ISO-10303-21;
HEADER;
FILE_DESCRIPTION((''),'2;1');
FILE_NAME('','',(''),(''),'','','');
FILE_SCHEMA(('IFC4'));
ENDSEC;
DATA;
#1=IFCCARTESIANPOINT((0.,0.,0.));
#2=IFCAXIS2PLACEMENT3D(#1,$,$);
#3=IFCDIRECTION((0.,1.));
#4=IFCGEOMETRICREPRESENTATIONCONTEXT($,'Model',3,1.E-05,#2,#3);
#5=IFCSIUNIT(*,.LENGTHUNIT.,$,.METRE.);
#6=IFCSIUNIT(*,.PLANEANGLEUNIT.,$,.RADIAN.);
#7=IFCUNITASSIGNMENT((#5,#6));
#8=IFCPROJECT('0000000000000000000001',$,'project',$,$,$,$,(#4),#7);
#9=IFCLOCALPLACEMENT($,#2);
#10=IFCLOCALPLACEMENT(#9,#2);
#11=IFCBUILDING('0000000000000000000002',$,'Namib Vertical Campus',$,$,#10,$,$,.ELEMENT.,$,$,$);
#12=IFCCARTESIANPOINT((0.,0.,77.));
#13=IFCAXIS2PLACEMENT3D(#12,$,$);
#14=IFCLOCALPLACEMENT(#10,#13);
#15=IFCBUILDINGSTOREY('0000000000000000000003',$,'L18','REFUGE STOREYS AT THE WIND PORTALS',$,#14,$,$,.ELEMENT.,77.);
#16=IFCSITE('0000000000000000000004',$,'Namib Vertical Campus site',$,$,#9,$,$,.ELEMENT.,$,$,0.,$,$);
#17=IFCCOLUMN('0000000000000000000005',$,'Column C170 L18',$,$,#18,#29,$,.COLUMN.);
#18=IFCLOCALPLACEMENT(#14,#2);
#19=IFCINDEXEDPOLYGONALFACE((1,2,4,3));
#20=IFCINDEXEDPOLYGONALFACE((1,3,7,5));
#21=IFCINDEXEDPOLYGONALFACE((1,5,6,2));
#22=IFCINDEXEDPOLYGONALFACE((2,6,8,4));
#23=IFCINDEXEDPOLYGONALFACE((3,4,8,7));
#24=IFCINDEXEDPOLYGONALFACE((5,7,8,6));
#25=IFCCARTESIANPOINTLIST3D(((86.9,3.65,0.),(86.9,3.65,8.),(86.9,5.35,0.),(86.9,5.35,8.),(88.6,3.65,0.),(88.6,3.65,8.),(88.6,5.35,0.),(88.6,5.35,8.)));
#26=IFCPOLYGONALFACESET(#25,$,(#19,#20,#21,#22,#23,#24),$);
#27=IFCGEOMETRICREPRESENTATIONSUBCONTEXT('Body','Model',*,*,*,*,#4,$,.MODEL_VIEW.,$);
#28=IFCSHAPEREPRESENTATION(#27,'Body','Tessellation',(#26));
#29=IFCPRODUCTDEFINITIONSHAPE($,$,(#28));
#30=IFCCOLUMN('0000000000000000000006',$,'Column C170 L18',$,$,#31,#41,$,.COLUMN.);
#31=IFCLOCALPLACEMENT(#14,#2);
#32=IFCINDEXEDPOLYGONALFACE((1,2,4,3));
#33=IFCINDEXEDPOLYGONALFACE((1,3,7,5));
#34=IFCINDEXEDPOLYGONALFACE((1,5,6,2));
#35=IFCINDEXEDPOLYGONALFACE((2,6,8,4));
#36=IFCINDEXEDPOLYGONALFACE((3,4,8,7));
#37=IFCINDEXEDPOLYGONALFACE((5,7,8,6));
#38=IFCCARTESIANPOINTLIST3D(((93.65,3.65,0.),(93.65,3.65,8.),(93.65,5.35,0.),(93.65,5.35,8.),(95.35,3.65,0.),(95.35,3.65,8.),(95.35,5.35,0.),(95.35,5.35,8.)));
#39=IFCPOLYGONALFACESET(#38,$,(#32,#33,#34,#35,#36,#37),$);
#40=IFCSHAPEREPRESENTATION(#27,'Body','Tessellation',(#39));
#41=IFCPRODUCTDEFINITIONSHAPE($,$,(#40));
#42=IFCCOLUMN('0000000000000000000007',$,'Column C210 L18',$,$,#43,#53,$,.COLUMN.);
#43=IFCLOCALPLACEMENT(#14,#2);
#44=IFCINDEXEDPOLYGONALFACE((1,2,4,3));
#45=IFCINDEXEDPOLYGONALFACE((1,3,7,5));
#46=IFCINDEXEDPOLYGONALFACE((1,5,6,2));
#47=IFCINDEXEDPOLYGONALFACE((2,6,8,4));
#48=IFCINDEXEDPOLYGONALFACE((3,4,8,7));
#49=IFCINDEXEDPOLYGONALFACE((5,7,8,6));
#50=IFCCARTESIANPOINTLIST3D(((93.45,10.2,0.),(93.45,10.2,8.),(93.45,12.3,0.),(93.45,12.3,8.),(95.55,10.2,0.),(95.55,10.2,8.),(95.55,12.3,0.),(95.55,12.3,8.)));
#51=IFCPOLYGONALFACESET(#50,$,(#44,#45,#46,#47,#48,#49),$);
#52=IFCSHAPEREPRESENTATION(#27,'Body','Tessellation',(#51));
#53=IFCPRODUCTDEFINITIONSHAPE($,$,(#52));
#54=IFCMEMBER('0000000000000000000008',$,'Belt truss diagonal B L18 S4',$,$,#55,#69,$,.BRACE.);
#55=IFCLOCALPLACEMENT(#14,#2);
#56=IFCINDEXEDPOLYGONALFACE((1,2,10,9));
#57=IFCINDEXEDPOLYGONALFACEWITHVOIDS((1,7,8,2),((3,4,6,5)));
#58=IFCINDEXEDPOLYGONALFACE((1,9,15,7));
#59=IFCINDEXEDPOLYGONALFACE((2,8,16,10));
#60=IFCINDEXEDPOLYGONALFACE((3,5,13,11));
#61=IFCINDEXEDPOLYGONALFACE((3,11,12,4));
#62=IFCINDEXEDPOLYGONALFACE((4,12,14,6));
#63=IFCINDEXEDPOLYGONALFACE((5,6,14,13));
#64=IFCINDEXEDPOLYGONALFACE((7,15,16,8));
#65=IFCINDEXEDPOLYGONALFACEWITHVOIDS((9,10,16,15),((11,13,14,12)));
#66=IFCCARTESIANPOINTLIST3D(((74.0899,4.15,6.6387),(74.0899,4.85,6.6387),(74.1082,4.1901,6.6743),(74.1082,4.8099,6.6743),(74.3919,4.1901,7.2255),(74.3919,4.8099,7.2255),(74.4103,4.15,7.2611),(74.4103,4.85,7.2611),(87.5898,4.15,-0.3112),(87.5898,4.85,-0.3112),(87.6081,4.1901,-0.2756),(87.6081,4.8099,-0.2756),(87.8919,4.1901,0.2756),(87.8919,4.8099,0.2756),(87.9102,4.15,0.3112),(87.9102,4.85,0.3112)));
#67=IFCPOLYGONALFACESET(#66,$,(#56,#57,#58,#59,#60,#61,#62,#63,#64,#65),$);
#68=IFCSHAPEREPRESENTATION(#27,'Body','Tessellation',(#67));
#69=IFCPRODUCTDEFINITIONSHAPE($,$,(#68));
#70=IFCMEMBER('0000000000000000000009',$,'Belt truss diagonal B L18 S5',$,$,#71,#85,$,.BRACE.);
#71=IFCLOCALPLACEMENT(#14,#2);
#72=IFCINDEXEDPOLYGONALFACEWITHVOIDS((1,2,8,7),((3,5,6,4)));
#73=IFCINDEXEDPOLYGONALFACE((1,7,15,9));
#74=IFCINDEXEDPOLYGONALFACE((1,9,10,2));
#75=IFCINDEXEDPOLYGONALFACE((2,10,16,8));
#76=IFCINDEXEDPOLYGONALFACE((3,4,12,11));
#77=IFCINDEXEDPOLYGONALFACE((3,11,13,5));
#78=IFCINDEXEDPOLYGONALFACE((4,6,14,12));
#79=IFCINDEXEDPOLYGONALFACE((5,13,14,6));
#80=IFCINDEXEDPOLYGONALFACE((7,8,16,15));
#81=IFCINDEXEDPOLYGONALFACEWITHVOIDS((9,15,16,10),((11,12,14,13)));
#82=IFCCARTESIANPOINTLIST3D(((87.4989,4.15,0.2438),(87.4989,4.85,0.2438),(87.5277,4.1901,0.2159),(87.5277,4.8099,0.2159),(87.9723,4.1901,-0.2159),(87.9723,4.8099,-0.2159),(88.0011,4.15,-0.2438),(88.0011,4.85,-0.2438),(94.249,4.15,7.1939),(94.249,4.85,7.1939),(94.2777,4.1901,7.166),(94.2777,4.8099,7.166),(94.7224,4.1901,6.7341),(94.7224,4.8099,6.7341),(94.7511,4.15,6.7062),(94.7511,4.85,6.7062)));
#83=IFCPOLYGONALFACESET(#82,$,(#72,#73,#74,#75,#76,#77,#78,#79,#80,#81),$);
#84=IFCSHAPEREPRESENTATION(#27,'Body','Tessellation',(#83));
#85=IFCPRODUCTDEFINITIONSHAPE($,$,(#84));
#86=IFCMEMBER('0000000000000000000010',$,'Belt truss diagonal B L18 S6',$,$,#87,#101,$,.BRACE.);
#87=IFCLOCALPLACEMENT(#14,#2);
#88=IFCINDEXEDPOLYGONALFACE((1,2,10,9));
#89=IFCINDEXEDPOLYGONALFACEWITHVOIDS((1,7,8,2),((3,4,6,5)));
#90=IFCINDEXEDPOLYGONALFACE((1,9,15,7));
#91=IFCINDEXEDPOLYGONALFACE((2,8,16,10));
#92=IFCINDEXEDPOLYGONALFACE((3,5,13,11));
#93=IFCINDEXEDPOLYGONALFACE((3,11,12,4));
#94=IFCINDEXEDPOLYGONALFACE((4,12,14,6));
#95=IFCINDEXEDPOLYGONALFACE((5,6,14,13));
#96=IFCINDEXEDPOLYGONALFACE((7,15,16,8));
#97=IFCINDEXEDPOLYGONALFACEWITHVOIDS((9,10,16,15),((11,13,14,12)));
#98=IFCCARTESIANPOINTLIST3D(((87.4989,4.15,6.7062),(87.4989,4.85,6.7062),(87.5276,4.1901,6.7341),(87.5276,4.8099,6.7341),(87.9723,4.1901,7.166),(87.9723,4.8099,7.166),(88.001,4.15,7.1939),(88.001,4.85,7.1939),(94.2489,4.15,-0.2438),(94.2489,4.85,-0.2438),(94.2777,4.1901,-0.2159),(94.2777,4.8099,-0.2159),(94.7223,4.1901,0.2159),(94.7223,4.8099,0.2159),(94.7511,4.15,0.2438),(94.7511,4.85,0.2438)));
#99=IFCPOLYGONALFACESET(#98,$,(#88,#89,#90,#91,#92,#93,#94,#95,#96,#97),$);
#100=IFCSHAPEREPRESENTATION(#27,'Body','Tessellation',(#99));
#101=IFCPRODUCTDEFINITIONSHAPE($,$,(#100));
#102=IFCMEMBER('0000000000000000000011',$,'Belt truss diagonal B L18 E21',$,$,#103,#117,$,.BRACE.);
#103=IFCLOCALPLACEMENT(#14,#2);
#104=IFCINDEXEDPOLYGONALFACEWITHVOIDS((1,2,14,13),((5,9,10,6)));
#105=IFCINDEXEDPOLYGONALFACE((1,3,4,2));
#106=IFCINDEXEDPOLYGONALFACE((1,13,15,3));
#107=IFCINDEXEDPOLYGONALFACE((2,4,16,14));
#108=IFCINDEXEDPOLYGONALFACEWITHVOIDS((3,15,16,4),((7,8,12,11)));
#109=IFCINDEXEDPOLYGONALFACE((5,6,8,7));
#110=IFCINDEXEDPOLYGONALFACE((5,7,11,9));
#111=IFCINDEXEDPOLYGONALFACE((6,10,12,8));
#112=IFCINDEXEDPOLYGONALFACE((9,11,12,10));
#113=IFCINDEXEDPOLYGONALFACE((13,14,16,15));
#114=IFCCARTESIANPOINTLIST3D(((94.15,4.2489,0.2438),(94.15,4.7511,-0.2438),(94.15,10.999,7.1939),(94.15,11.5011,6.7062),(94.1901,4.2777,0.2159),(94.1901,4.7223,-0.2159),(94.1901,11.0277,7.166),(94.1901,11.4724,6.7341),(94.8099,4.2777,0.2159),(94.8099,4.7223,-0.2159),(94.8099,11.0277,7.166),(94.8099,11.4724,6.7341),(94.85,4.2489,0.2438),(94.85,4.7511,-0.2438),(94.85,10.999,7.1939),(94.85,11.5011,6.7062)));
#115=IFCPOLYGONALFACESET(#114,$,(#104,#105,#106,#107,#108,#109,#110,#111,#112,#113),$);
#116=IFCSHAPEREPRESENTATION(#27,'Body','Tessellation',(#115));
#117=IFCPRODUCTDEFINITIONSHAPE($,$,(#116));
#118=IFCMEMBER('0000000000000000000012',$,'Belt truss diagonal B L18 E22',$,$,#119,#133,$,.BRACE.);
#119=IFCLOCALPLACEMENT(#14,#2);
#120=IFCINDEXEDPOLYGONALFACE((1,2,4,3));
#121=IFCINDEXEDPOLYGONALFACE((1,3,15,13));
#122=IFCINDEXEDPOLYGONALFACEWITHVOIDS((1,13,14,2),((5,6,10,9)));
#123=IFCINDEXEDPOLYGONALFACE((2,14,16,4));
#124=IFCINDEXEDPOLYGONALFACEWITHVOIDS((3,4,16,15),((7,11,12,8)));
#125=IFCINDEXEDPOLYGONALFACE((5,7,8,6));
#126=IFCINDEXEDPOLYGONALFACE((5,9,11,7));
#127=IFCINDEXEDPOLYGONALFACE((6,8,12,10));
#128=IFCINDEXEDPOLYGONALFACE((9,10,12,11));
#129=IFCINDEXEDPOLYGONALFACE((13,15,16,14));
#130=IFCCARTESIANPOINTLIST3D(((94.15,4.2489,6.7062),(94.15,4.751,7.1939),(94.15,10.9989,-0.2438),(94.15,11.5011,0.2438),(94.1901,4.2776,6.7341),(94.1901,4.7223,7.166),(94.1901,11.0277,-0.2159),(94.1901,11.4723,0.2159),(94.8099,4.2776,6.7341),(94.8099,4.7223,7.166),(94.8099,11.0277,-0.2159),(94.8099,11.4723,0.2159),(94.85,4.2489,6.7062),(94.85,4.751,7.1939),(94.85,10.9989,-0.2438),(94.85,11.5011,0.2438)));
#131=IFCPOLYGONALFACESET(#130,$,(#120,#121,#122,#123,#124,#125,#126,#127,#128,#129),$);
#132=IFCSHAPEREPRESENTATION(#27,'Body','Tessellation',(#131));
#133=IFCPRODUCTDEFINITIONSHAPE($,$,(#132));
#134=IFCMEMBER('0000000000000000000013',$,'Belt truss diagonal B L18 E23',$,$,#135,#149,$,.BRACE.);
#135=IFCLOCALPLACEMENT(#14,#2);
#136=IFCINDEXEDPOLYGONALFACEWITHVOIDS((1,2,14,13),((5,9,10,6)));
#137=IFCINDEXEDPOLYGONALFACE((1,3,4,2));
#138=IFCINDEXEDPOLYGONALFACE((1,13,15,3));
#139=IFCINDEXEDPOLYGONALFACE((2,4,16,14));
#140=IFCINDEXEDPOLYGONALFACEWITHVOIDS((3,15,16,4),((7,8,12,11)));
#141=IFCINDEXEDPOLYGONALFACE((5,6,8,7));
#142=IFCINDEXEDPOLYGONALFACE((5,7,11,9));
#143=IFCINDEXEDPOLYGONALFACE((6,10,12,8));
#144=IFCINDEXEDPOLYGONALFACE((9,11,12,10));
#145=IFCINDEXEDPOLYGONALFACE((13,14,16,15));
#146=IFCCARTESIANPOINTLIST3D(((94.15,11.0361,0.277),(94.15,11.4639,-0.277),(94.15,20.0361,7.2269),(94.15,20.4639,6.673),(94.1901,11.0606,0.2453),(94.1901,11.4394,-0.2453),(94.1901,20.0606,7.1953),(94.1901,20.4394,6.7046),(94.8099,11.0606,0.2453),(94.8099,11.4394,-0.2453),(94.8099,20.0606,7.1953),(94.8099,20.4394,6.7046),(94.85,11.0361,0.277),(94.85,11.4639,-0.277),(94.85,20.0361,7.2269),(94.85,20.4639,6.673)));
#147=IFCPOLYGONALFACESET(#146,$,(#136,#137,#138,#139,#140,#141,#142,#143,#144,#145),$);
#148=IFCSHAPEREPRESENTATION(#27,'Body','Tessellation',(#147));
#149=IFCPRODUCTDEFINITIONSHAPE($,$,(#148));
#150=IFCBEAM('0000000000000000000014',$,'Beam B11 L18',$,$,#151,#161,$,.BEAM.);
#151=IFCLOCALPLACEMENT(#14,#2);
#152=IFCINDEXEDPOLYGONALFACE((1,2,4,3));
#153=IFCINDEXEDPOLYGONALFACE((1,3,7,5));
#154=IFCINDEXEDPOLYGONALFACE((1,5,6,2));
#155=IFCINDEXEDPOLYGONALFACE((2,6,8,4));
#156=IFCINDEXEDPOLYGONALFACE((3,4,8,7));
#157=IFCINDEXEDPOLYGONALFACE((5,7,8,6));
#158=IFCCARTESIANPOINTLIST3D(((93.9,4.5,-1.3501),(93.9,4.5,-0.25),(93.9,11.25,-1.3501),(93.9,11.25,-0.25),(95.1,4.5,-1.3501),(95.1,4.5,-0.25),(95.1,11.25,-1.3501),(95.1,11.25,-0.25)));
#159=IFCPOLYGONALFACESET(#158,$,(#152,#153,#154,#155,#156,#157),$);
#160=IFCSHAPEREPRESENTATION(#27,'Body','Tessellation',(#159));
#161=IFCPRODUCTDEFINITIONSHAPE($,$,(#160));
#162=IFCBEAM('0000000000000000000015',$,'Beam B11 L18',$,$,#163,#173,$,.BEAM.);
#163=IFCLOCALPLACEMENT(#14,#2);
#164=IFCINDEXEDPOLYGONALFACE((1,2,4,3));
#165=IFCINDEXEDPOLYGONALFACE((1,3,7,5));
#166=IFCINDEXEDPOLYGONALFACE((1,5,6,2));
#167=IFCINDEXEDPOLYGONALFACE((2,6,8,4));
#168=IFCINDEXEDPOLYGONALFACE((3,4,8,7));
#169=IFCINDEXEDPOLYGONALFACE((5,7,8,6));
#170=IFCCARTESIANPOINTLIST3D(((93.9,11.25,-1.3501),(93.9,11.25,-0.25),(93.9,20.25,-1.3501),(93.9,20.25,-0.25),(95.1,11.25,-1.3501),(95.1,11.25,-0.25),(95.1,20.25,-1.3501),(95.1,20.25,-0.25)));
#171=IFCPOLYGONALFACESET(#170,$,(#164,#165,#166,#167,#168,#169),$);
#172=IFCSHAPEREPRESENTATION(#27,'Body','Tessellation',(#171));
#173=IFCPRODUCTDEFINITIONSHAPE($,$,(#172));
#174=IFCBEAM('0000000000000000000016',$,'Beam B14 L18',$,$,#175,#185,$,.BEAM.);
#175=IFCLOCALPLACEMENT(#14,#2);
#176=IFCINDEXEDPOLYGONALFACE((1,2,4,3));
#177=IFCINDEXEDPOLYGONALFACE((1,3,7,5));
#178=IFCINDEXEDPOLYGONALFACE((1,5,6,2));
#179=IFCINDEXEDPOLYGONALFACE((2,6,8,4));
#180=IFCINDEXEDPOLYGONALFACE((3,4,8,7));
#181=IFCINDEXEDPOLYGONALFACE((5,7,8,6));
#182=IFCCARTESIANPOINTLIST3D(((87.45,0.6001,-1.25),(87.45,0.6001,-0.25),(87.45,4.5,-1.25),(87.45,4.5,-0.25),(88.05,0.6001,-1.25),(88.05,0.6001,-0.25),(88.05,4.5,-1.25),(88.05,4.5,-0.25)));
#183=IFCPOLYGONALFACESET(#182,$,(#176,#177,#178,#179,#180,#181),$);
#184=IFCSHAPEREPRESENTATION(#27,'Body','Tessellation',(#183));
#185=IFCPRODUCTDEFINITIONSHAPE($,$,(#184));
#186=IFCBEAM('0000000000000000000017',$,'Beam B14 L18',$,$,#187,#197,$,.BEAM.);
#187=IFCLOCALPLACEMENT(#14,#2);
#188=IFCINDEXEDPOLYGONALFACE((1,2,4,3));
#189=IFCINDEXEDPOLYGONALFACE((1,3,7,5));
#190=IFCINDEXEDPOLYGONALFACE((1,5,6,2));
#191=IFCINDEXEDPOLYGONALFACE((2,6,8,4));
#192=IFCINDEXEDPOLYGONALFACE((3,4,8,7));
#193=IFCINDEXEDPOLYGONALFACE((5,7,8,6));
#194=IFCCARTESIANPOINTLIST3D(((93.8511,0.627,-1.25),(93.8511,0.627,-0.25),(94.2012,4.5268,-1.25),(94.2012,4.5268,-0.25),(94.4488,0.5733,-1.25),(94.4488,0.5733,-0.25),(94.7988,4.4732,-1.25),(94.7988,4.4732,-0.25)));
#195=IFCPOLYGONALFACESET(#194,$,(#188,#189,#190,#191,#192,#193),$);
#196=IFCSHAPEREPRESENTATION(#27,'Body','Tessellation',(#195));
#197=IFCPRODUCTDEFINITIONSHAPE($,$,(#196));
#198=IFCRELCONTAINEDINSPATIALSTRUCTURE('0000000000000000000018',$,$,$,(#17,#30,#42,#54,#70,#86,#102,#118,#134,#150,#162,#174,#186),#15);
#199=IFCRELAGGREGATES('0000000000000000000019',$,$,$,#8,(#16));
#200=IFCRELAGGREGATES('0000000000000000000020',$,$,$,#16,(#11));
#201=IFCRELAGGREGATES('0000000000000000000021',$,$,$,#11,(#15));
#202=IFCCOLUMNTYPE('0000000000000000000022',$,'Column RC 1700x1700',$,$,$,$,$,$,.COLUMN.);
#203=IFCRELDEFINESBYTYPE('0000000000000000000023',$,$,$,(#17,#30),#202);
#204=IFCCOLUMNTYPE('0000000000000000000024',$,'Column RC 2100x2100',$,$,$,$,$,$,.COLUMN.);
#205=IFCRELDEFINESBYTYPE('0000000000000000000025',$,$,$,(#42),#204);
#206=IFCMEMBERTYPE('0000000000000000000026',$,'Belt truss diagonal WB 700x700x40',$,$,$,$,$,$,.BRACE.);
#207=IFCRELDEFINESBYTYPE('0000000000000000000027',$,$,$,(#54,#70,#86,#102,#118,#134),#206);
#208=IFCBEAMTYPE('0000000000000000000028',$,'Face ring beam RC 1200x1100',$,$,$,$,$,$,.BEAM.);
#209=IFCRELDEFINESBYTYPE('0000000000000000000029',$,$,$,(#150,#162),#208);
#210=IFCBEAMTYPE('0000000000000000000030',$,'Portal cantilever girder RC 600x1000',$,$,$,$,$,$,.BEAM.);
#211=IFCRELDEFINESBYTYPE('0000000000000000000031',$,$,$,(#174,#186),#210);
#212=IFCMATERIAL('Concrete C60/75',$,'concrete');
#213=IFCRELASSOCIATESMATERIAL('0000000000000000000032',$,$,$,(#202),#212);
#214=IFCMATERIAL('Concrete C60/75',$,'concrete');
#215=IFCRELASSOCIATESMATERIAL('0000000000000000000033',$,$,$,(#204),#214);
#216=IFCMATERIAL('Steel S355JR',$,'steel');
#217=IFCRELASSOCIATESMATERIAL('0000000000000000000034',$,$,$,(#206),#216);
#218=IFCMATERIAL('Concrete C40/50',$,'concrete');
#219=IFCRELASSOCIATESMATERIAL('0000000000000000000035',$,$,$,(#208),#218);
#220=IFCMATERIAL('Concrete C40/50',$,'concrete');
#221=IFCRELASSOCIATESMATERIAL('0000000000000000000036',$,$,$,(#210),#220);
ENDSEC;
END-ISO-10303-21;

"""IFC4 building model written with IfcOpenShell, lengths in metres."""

from ifc_helpers import new_model, si_unit, direction, frame, origin, origin_2d, place, context, subcontext, project, spatial, rectangle, hollow_rectangle, extrude, material, material_profile, profile_set, type_object, element, save


model = new_model("IFC4")

# Units and contexts
model_context = context("Model", 3, precision=1e-05, world=origin(), true_north=direction((0.0, 1.0)))
body_context = subcontext(model_context, "Body", "Model", "MODEL_VIEW")
ifc_project = project(units=[si_unit("LENGTHUNIT", "METRE"), si_unit("PLANEANGLEUNIT", "RADIAN")], contexts=[model_context])

# Site, building, storey
site_placement = place(None, origin())
site = spatial("IfcSite", under=ifc_project, at=site_placement, Name="Namib Vertical Campus site", CompositionType="ELEMENT", RefElevation=0.0)
building_placement = place(site_placement, origin())
building = spatial("IfcBuilding", under=site, at=building_placement, Name="Namib Vertical Campus", CompositionType="ELEMENT")
storey_placement = place(building_placement, frame((0.0, 0.0, 77.0)))
storey = spatial("IfcBuildingStorey", under=building, at=storey_placement, Name="L18", Description="REFUGE STOREYS AT THE WIND PORTALS", CompositionType="ELEMENT", Elevation=77.0)

# Columns
ifc_material_1 = material(Name="Concrete C60/75", Category="concrete")
ifc_material_profile_1 = material_profile(ifc_material_1, rectangle(XDim=1.7, YDim=1.7, at=origin_2d()))
ifc_profile_set_1 = profile_set([ifc_material_profile_1], Name="Concrete C60/75")
column_type_1 = type_object("IfcColumnType", Name="Column RC 1700x1700", PredefinedType="COLUMN", material=ifc_profile_set_1)
for number, where, z_axis, x_axis, name in (
    (1, (87.75, 4.5, 0.0), (0.0, 0.0, 1.0), (1.0, 0.0, 0.0), "Column C170 L18"),
    (2, (94.5, 4.5, 0.0), (0.0, 0.0, 1.0), (1.0, 0.0, 0.0), "Column C170 L18"),
):
    element("IfcColumn", number, at=place(storey_placement, frame(where, z_axis=z_axis, x_axis=x_axis)), inside=storey, type_object=column_type_1, Name=name, PredefinedType="COLUMN", context=body_context, shape_type="SweptSolid", body=[
        extrude(rectangle(XDim=1.7, YDim=1.7, at=origin_2d()), origin(), (0.0, 0.0, 1.0), 8.0),
    ])
ifc_material_2 = material(Name="Concrete C60/75", Category="concrete")
ifc_material_profile_2 = material_profile(ifc_material_2, rectangle(XDim=2.1001, YDim=2.1001, at=origin_2d()))
ifc_profile_set_2 = profile_set([ifc_material_profile_2], Name="Concrete C60/75")
column_type_2 = type_object("IfcColumnType", Name="Column RC 2100x2100", PredefinedType="COLUMN", material=ifc_profile_set_2)
column_placement = place(storey_placement, frame((94.5, 11.25, 0.0), z_axis=(0.0, 0.0, 1.0), x_axis=(1.0, 0.0, 0.0)))
element("IfcColumn", 3, at=column_placement, inside=storey, type_object=column_type_2, Name="Column C210 L18", PredefinedType="COLUMN", context=body_context, shape_type="SweptSolid", body=[
    extrude(rectangle(XDim=2.1001, YDim=2.1001, at=origin_2d()), origin(), (0.0, 0.0, 1.0), 8.0),
])

# Members
ifc_material_3 = material(Name="Steel S355JR", Category="steel")
ifc_material_profile_3 = material_profile(ifc_material_3, hollow_rectangle(XDim=0.7, YDim=0.7, WallThickness=0.04, at=origin_2d()))
ifc_profile_set_3 = profile_set([ifc_material_profile_3], Name="Steel S355JR")
member_type = type_object("IfcMemberType", Name="Belt truss diagonal WB 700x700x40", PredefinedType="BRACE", material=ifc_profile_set_3)
member_1_placement = place(storey_placement, frame((87.75, 4.5, 0.0), z_axis=(-0.889098, 0.0, 0.457717), x_axis=(0.0, -1.0, 0.0)))
element("IfcMember", 4, at=member_1_placement, inside=storey, type_object=member_type, Name="Belt truss diagonal B L18 S4", PredefinedType="BRACE", context=body_context, shape_type="SweptSolid", body=[
    extrude(hollow_rectangle(XDim=0.7, YDim=0.7, WallThickness=0.04, at=origin_2d()), origin(), (0.0, 0.0, 1.0), 15.1838),
])
for number, where, z_axis, x_axis, name in (
    (5, (87.75, 4.5, 0.0), (0.696712, 0.0, 0.717351), (0.0, 1.0, 0.0), "Belt truss diagonal B L18 S5"),
    (6, (94.5, 4.5, 0.0), (-0.696712, 0.0, 0.717351), (0.0, -1.0, 0.0), "Belt truss diagonal B L18 S6"),
    (7, (94.5, 4.5, 0.0), (0.0, 0.696712, 0.717351), (-1.0, 0.0, 0.0), "Belt truss diagonal B L18 E21"),
    (8, (94.5, 11.25, 0.0), (0.0, -0.696712, 0.717351), (1.0, 0.0, 0.0), "Belt truss diagonal B L18 E22"),
):
    element("IfcMember", number, at=place(storey_placement, frame(where, z_axis=z_axis, x_axis=x_axis)), inside=storey, type_object=member_type, Name=name, PredefinedType="BRACE", context=body_context, shape_type="SweptSolid", body=[
        extrude(hollow_rectangle(XDim=0.7, YDim=0.7, WallThickness=0.04, at=origin_2d()), origin(), (0.0, 0.0, 1.0), 9.6885),
    ])
member_2_placement = place(storey_placement, frame((94.5, 11.25, 0.0), z_axis=(0.0, 0.79148, 0.611194), x_axis=(-1.0, 0.0, 0.0)))
element("IfcMember", 9, at=member_2_placement, inside=storey, type_object=member_type, Name="Belt truss diagonal B L18 E23", PredefinedType="BRACE", context=body_context, shape_type="SweptSolid", body=[
    extrude(hollow_rectangle(XDim=0.7, YDim=0.7, WallThickness=0.04, at=origin_2d()), origin(), (0.0, 0.0, 1.0), 11.3711),
])

# Beams
ifc_material_4 = material(Name="Concrete C40/50", Category="concrete")
ifc_material_profile_4 = material_profile(ifc_material_4, rectangle(XDim=1.2, YDim=1.1001, at=origin_2d()))
ifc_profile_set_4 = profile_set([ifc_material_profile_4], Name="Concrete C40/50")
beam_type_1 = type_object("IfcBeamType", Name="Face ring beam RC 1200x1100", PredefinedType="BEAM", material=ifc_profile_set_4)
beam_1_placement = place(storey_placement, frame((94.5, 4.5, -0.8), z_axis=(0.0, 1.0, 0.0), x_axis=(-1.0, 0.0, 0.0)))
element("IfcBeam", 10, at=beam_1_placement, inside=storey, type_object=beam_type_1, Name="Beam B11 L18", PredefinedType="BEAM", context=body_context, shape_type="SweptSolid", body=[
    extrude(rectangle(XDim=1.2, YDim=1.1001, at=origin_2d()), origin(), (0.0, 0.0, 1.0), 6.75),
])
beam_2_placement = place(storey_placement, frame((94.5, 11.25, -0.8), z_axis=(0.0, 1.0, 0.0), x_axis=(-1.0, 0.0, 0.0)))
element("IfcBeam", 11, at=beam_2_placement, inside=storey, type_object=beam_type_1, Name="Beam B11 L18", PredefinedType="BEAM", context=body_context, shape_type="SweptSolid", body=[
    extrude(rectangle(XDim=1.2, YDim=1.1001, at=origin_2d()), origin(), (0.0, 0.0, 1.0), 9.0),
])
ifc_material_5 = material(Name="Concrete C40/50", Category="concrete")
ifc_material_profile_5 = material_profile(ifc_material_5, rectangle(XDim=0.6001, YDim=1.0, at=origin_2d()))
ifc_profile_set_5 = profile_set([ifc_material_profile_5], Name="Concrete C40/50")
beam_type_2 = type_object("IfcBeamType", Name="Portal cantilever girder RC 600x1000", PredefinedType="BEAM", material=ifc_profile_set_5)
beam_3_placement = place(storey_placement, frame((87.75, 4.5, -0.75), z_axis=(0.0, -1.0, 0.0), x_axis=(1.0, 0.0, 0.0)))
element("IfcBeam", 12, at=beam_3_placement, inside=storey, type_object=beam_type_2, Name="Beam B14 L18", PredefinedType="BEAM", context=body_context, shape_type="SweptSolid", body=[
    extrude(rectangle(XDim=0.6001, YDim=1.0, at=origin_2d()), origin(), (0.0, 0.0, 1.0), 3.8999),
])
for number, where, z_axis, x_axis, name in (
    (13, (94.5, 4.5, -0.75), (-0.089411, -0.995995, 0.0), (0.995995, -0.089411, 0.0), "Beam B14 L18"),
):
    element("IfcBeam", number, at=place(storey_placement, frame(where, z_axis=z_axis, x_axis=x_axis)), inside=storey, type_object=beam_type_2, Name=name, PredefinedType="BEAM", context=body_context, shape_type="SweptSolid", body=[
        extrude(rectangle(XDim=0.6001, YDim=1.0, at=origin_2d()), origin(), (0.0, 0.0, 1.0), 3.9155),
    ])

save(model, "model.ifc")
